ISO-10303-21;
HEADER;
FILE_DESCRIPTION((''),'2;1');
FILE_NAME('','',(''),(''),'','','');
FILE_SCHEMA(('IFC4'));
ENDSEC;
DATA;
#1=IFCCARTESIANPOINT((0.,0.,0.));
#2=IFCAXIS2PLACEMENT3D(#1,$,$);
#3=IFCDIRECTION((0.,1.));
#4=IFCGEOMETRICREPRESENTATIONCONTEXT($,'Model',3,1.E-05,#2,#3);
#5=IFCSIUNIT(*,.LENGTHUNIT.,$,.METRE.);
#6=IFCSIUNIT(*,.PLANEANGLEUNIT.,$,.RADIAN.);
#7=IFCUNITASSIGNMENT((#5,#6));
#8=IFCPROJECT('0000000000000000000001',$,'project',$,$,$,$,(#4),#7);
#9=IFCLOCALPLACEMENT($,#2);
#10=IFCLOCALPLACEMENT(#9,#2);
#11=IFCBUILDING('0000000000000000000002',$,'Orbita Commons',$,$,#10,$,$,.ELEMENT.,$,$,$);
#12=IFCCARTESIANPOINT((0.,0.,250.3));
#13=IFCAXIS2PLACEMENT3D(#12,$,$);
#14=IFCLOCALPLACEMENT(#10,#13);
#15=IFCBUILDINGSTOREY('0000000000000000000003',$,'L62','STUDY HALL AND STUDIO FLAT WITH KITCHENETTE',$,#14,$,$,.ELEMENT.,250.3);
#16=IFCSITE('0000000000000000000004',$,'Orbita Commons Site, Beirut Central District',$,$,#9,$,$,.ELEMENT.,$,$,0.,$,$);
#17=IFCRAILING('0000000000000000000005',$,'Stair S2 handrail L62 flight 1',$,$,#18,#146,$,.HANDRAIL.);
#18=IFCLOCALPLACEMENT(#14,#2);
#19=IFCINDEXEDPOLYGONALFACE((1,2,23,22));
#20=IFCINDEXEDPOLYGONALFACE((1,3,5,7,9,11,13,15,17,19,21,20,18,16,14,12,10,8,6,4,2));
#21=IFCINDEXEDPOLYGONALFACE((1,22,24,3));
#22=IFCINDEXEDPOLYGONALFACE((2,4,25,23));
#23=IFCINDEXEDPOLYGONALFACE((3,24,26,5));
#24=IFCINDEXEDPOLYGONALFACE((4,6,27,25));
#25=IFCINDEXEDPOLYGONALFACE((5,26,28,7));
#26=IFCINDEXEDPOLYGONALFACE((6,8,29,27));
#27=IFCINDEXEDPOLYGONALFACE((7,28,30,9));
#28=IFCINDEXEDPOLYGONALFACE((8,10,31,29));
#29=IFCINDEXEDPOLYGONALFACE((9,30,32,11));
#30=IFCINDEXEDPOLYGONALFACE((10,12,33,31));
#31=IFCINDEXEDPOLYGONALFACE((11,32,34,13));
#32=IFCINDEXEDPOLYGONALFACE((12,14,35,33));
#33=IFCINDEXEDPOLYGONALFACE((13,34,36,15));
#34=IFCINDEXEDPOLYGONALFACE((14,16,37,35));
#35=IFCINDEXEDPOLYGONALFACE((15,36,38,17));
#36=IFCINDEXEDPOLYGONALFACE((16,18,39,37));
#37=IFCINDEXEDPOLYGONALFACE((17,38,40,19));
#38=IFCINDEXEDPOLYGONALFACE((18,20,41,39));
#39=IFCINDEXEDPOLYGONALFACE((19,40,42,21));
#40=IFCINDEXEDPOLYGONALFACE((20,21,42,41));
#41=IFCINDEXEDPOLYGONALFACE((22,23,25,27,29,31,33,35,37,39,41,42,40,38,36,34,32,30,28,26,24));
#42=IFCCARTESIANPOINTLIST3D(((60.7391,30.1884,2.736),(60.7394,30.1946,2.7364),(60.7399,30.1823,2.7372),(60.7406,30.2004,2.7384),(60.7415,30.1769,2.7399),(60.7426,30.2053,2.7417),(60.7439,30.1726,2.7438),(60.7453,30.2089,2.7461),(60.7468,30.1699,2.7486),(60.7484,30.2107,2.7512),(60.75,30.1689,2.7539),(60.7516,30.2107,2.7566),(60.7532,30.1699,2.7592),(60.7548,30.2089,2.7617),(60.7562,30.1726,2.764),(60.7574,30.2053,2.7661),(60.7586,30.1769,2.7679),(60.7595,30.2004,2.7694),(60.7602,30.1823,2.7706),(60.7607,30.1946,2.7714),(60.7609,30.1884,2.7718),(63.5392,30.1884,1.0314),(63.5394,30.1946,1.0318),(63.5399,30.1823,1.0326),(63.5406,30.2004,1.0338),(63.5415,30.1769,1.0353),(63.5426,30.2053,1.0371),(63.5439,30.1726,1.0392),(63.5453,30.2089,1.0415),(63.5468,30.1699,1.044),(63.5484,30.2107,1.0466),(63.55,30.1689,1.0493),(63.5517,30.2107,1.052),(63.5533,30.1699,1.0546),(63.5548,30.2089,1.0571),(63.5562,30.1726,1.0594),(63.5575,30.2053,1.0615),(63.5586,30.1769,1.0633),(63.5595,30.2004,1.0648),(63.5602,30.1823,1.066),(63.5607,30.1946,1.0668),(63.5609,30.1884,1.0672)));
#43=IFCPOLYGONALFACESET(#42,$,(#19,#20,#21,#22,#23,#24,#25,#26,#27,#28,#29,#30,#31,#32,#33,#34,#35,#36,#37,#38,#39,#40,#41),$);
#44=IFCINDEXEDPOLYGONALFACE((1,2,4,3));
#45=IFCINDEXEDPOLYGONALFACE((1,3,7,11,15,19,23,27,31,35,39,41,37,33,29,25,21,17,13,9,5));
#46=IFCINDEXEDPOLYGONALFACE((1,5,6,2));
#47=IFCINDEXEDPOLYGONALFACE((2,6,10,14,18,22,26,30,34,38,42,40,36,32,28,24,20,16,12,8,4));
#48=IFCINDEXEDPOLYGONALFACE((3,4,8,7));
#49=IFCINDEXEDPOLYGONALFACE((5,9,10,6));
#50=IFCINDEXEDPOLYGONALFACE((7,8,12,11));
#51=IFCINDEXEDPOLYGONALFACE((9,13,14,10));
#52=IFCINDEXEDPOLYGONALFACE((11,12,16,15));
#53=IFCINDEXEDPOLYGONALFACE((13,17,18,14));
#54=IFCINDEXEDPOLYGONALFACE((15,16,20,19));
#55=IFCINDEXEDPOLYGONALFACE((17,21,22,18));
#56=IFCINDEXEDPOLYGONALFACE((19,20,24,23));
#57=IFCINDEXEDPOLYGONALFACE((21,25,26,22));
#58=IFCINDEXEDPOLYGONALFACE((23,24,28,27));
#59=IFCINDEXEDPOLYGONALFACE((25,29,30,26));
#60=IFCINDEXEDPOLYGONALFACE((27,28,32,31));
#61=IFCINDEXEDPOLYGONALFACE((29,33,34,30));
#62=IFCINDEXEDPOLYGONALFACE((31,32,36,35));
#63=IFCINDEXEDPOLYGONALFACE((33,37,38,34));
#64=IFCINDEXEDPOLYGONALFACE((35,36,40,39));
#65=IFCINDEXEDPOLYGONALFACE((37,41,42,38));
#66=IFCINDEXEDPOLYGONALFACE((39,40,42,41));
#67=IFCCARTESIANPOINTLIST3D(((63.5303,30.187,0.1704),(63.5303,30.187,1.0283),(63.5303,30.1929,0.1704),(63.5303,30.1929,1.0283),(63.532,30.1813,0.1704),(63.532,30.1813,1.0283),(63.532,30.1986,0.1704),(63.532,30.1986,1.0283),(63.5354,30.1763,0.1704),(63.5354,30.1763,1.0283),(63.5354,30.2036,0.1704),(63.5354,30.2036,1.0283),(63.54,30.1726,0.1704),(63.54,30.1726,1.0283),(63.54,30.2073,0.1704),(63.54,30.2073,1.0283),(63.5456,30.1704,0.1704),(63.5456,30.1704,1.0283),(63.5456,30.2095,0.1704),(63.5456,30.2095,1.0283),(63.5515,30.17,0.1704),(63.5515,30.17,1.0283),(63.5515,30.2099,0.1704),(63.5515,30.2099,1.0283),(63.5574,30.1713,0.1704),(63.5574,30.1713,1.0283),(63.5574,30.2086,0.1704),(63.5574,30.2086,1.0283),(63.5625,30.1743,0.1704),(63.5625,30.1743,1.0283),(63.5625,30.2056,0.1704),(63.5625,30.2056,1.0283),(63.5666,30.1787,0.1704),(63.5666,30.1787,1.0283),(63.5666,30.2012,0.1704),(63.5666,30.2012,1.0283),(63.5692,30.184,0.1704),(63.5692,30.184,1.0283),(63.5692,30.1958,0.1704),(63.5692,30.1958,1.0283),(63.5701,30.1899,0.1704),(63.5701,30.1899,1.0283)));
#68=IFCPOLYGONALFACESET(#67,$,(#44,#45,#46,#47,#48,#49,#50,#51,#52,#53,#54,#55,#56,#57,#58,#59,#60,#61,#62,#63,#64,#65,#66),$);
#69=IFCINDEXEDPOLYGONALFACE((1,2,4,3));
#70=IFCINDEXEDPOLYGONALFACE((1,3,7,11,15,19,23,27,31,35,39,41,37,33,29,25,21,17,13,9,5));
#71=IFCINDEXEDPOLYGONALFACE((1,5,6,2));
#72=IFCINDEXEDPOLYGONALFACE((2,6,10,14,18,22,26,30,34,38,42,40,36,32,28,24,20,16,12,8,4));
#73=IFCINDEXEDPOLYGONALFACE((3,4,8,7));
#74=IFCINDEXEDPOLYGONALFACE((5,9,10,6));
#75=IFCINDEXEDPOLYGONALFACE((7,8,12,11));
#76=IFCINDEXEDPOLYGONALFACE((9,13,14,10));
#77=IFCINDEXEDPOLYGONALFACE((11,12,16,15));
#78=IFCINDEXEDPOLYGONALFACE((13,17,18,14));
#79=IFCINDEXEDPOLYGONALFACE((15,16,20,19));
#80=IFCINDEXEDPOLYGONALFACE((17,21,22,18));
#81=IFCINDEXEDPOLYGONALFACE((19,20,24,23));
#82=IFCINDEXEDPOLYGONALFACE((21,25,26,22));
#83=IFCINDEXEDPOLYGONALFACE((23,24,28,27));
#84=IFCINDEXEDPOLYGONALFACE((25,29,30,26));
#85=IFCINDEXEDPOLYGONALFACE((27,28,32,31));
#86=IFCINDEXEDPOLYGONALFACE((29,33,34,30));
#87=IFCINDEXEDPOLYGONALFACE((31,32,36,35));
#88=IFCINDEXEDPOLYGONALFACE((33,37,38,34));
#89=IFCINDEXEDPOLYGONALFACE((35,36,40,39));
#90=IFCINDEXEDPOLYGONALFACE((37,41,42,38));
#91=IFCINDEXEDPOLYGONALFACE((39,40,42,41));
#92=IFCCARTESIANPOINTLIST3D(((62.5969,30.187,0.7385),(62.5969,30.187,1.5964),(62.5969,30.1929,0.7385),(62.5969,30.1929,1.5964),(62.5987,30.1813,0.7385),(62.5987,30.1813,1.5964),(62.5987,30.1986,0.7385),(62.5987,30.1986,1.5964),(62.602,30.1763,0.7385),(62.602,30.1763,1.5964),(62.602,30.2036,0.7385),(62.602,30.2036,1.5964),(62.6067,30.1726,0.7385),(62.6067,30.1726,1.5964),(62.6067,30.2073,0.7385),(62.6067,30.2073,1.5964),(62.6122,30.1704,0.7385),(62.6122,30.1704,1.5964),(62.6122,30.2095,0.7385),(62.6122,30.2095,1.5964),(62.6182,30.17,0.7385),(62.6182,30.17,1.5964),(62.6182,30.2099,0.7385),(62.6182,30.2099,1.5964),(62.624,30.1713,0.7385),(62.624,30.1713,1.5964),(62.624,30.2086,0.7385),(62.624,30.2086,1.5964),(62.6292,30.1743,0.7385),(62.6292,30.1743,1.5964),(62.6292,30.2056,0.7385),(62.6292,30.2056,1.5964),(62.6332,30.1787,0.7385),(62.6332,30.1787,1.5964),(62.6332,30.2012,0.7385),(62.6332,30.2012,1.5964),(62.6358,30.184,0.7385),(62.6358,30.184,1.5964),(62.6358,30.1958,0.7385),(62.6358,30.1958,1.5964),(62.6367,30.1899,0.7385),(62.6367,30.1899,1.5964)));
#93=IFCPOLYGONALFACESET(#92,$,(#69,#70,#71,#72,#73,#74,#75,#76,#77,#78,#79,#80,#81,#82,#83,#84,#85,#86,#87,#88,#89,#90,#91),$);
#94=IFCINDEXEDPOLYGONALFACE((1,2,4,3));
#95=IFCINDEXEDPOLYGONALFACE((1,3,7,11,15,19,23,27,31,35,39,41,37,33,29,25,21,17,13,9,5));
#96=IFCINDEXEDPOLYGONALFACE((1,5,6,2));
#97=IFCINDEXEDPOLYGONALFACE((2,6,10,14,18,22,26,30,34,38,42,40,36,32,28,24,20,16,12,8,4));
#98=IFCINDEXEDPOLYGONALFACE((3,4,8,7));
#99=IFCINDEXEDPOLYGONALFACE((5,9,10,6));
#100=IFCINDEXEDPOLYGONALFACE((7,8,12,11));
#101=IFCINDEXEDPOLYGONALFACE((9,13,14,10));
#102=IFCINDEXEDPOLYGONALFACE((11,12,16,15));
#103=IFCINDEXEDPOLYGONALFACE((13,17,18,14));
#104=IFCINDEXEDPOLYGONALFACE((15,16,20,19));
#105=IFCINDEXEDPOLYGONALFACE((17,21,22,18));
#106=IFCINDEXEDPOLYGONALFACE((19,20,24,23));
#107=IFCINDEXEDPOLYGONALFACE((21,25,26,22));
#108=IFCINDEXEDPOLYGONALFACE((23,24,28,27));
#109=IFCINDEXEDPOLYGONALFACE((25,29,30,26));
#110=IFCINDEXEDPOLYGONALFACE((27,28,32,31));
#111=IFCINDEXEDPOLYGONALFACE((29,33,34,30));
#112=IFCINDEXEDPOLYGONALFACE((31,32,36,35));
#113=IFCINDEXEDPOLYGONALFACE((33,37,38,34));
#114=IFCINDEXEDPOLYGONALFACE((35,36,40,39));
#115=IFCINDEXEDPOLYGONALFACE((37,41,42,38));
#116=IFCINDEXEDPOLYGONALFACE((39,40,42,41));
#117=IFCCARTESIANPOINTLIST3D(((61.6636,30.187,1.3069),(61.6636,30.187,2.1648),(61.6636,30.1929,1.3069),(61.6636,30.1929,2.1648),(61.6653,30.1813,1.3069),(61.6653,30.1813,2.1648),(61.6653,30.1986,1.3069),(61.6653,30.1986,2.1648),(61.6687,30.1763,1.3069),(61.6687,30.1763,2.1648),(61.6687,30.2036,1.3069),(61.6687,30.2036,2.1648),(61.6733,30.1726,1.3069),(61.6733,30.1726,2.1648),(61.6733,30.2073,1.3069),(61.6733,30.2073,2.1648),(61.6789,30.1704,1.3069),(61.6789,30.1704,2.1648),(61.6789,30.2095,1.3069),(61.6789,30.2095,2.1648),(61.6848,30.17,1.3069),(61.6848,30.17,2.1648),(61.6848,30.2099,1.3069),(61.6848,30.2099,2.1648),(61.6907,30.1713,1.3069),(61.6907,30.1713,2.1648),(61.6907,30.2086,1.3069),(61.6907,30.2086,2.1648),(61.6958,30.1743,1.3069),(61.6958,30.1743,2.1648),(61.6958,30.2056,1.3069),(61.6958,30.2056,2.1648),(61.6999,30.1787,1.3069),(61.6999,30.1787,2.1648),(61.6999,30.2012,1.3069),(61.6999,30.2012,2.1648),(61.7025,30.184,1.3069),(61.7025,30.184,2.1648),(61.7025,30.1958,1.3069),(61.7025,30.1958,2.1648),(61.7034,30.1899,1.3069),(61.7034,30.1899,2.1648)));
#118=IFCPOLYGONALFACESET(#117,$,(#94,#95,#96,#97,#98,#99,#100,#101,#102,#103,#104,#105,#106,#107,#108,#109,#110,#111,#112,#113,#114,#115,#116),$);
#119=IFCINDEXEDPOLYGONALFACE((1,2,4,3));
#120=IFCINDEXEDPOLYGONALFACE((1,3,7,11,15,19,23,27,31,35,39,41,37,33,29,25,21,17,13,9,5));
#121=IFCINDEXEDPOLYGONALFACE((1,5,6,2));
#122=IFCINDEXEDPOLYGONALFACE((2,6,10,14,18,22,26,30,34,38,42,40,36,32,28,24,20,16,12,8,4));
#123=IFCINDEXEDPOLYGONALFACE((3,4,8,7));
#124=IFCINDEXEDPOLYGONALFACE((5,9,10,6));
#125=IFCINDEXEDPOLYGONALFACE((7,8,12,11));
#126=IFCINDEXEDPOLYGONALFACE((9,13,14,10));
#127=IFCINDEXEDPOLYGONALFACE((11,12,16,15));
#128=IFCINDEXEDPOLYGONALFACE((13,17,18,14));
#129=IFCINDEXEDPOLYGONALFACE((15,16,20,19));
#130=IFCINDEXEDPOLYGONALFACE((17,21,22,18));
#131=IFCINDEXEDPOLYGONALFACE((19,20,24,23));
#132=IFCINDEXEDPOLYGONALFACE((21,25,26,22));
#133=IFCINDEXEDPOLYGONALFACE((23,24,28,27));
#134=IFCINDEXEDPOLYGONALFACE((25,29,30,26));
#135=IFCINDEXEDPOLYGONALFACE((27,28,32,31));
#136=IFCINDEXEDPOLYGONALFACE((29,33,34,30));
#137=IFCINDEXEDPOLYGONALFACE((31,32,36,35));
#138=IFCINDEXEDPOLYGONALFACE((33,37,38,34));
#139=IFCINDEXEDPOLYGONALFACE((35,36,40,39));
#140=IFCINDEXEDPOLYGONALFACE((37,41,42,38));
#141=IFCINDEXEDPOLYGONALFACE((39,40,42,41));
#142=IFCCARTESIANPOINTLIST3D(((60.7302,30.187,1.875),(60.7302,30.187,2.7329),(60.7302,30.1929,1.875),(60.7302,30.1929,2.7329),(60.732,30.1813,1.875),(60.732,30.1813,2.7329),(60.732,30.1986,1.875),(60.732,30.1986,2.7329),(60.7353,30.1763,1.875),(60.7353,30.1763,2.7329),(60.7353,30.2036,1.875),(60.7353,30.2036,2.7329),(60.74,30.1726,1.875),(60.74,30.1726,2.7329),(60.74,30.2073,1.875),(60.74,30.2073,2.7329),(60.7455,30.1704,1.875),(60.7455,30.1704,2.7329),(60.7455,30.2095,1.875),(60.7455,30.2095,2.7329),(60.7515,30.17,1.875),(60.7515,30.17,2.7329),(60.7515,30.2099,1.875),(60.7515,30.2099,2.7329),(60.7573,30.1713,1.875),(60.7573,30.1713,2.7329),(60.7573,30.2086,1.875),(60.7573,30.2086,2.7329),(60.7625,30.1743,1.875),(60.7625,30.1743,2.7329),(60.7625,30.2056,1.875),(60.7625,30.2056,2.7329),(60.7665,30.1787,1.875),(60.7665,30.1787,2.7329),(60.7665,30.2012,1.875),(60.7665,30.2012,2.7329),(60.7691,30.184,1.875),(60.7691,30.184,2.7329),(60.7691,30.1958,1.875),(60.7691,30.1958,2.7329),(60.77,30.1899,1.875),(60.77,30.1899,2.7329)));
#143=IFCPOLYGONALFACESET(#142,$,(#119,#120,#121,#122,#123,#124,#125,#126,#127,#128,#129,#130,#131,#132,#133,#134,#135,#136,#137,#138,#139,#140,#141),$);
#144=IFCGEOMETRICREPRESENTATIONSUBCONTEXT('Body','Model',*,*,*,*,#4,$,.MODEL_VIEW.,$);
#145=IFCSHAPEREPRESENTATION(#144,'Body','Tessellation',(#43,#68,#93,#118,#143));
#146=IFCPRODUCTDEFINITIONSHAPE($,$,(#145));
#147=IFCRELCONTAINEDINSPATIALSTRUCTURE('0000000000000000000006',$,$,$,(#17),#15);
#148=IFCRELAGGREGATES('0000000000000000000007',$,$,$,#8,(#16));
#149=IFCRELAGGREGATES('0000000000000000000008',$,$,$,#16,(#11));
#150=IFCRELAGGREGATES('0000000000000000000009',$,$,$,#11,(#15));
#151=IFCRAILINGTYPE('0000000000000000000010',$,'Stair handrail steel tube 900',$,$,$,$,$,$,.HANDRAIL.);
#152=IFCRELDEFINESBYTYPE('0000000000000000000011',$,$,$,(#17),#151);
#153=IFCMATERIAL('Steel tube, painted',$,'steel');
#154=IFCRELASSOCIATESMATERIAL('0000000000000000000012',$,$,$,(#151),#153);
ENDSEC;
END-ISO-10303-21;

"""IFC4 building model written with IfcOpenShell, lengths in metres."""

from ifc_helpers import new_model, si_unit, direction, frame, origin, origin_2d, place, context, subcontext, project, spatial, circle, extrude, material, type_object, element, save


model = new_model("IFC4")

# Units and contexts
model_context = context("Model", 3, precision=1e-05, world=origin(), true_north=direction((0.0, 1.0)))
body_context = subcontext(model_context, "Body", "Model", "MODEL_VIEW")
ifc_project = project(units=[si_unit("LENGTHUNIT", "METRE"), si_unit("PLANEANGLEUNIT", "RADIAN")], contexts=[model_context])

# Site, building, storey
site_placement = place(None, origin())
site = spatial("IfcSite", under=ifc_project, at=site_placement, Name="Orbita Commons Site, Beirut Central District", CompositionType="ELEMENT", RefElevation=0.0)
building_placement = place(site_placement, origin())
building = spatial("IfcBuilding", under=site, at=building_placement, Name="Orbita Commons", CompositionType="ELEMENT")
storey_placement = place(building_placement, frame((0.0, 0.0, 250.3)))
storey = spatial("IfcBuildingStorey", under=building, at=storey_placement, Name="L62", Description="STUDY HALL AND STUDIO FLAT WITH KITCHENETTE", CompositionType="ELEMENT", Elevation=250.3)

# Railing
ifc_material_1 = material(Name="Steel tube, painted", Category="steel")
railing_type = type_object("IfcRailingType", Name="Stair handrail steel tube 900", PredefinedType="HANDRAIL", material=ifc_material_1)
for number, where, name in (
    (1, (63.55, 30.1899, 0.1704), "Stair S2 handrail L62 flight 1"),
):
    element("IfcRailing", number, at=place(storey_placement, frame(where)), inside=storey, type_object=railing_type, Name=name, PredefinedType="HANDRAIL", context=body_context, shape_type="SweptSolid", body=[
        extrude(circle(Radius=0.021, at=origin_2d()), frame((0.0, 0.0, 0.8789), z_axis=(-0.85417, 0.0, 0.519994), x_axis=(0.0, -1.0, 0.0)), (0.0, 0.0, 1.0), 3.2781),
        extrude(circle(Radius=0.02, at=origin_2d()), origin(), (0.0, 0.0, 1.0), 0.8579),
        extrude(circle(Radius=0.02, at=origin_2d()), frame((-0.9333, 0.0, 0.5681)), (0.0, 0.0, 1.0), 0.8579),
        extrude(circle(Radius=0.02, at=origin_2d()), frame((-1.8667, 0.0, 1.1365)), (0.0, 0.0, 1.0), 0.8579),
        extrude(circle(Radius=0.02, at=origin_2d()), frame((-2.8, 0.0, 1.7046)), (0.0, 0.0, 1.0), 0.8579),
    ])

save(model, "model.ifc")
